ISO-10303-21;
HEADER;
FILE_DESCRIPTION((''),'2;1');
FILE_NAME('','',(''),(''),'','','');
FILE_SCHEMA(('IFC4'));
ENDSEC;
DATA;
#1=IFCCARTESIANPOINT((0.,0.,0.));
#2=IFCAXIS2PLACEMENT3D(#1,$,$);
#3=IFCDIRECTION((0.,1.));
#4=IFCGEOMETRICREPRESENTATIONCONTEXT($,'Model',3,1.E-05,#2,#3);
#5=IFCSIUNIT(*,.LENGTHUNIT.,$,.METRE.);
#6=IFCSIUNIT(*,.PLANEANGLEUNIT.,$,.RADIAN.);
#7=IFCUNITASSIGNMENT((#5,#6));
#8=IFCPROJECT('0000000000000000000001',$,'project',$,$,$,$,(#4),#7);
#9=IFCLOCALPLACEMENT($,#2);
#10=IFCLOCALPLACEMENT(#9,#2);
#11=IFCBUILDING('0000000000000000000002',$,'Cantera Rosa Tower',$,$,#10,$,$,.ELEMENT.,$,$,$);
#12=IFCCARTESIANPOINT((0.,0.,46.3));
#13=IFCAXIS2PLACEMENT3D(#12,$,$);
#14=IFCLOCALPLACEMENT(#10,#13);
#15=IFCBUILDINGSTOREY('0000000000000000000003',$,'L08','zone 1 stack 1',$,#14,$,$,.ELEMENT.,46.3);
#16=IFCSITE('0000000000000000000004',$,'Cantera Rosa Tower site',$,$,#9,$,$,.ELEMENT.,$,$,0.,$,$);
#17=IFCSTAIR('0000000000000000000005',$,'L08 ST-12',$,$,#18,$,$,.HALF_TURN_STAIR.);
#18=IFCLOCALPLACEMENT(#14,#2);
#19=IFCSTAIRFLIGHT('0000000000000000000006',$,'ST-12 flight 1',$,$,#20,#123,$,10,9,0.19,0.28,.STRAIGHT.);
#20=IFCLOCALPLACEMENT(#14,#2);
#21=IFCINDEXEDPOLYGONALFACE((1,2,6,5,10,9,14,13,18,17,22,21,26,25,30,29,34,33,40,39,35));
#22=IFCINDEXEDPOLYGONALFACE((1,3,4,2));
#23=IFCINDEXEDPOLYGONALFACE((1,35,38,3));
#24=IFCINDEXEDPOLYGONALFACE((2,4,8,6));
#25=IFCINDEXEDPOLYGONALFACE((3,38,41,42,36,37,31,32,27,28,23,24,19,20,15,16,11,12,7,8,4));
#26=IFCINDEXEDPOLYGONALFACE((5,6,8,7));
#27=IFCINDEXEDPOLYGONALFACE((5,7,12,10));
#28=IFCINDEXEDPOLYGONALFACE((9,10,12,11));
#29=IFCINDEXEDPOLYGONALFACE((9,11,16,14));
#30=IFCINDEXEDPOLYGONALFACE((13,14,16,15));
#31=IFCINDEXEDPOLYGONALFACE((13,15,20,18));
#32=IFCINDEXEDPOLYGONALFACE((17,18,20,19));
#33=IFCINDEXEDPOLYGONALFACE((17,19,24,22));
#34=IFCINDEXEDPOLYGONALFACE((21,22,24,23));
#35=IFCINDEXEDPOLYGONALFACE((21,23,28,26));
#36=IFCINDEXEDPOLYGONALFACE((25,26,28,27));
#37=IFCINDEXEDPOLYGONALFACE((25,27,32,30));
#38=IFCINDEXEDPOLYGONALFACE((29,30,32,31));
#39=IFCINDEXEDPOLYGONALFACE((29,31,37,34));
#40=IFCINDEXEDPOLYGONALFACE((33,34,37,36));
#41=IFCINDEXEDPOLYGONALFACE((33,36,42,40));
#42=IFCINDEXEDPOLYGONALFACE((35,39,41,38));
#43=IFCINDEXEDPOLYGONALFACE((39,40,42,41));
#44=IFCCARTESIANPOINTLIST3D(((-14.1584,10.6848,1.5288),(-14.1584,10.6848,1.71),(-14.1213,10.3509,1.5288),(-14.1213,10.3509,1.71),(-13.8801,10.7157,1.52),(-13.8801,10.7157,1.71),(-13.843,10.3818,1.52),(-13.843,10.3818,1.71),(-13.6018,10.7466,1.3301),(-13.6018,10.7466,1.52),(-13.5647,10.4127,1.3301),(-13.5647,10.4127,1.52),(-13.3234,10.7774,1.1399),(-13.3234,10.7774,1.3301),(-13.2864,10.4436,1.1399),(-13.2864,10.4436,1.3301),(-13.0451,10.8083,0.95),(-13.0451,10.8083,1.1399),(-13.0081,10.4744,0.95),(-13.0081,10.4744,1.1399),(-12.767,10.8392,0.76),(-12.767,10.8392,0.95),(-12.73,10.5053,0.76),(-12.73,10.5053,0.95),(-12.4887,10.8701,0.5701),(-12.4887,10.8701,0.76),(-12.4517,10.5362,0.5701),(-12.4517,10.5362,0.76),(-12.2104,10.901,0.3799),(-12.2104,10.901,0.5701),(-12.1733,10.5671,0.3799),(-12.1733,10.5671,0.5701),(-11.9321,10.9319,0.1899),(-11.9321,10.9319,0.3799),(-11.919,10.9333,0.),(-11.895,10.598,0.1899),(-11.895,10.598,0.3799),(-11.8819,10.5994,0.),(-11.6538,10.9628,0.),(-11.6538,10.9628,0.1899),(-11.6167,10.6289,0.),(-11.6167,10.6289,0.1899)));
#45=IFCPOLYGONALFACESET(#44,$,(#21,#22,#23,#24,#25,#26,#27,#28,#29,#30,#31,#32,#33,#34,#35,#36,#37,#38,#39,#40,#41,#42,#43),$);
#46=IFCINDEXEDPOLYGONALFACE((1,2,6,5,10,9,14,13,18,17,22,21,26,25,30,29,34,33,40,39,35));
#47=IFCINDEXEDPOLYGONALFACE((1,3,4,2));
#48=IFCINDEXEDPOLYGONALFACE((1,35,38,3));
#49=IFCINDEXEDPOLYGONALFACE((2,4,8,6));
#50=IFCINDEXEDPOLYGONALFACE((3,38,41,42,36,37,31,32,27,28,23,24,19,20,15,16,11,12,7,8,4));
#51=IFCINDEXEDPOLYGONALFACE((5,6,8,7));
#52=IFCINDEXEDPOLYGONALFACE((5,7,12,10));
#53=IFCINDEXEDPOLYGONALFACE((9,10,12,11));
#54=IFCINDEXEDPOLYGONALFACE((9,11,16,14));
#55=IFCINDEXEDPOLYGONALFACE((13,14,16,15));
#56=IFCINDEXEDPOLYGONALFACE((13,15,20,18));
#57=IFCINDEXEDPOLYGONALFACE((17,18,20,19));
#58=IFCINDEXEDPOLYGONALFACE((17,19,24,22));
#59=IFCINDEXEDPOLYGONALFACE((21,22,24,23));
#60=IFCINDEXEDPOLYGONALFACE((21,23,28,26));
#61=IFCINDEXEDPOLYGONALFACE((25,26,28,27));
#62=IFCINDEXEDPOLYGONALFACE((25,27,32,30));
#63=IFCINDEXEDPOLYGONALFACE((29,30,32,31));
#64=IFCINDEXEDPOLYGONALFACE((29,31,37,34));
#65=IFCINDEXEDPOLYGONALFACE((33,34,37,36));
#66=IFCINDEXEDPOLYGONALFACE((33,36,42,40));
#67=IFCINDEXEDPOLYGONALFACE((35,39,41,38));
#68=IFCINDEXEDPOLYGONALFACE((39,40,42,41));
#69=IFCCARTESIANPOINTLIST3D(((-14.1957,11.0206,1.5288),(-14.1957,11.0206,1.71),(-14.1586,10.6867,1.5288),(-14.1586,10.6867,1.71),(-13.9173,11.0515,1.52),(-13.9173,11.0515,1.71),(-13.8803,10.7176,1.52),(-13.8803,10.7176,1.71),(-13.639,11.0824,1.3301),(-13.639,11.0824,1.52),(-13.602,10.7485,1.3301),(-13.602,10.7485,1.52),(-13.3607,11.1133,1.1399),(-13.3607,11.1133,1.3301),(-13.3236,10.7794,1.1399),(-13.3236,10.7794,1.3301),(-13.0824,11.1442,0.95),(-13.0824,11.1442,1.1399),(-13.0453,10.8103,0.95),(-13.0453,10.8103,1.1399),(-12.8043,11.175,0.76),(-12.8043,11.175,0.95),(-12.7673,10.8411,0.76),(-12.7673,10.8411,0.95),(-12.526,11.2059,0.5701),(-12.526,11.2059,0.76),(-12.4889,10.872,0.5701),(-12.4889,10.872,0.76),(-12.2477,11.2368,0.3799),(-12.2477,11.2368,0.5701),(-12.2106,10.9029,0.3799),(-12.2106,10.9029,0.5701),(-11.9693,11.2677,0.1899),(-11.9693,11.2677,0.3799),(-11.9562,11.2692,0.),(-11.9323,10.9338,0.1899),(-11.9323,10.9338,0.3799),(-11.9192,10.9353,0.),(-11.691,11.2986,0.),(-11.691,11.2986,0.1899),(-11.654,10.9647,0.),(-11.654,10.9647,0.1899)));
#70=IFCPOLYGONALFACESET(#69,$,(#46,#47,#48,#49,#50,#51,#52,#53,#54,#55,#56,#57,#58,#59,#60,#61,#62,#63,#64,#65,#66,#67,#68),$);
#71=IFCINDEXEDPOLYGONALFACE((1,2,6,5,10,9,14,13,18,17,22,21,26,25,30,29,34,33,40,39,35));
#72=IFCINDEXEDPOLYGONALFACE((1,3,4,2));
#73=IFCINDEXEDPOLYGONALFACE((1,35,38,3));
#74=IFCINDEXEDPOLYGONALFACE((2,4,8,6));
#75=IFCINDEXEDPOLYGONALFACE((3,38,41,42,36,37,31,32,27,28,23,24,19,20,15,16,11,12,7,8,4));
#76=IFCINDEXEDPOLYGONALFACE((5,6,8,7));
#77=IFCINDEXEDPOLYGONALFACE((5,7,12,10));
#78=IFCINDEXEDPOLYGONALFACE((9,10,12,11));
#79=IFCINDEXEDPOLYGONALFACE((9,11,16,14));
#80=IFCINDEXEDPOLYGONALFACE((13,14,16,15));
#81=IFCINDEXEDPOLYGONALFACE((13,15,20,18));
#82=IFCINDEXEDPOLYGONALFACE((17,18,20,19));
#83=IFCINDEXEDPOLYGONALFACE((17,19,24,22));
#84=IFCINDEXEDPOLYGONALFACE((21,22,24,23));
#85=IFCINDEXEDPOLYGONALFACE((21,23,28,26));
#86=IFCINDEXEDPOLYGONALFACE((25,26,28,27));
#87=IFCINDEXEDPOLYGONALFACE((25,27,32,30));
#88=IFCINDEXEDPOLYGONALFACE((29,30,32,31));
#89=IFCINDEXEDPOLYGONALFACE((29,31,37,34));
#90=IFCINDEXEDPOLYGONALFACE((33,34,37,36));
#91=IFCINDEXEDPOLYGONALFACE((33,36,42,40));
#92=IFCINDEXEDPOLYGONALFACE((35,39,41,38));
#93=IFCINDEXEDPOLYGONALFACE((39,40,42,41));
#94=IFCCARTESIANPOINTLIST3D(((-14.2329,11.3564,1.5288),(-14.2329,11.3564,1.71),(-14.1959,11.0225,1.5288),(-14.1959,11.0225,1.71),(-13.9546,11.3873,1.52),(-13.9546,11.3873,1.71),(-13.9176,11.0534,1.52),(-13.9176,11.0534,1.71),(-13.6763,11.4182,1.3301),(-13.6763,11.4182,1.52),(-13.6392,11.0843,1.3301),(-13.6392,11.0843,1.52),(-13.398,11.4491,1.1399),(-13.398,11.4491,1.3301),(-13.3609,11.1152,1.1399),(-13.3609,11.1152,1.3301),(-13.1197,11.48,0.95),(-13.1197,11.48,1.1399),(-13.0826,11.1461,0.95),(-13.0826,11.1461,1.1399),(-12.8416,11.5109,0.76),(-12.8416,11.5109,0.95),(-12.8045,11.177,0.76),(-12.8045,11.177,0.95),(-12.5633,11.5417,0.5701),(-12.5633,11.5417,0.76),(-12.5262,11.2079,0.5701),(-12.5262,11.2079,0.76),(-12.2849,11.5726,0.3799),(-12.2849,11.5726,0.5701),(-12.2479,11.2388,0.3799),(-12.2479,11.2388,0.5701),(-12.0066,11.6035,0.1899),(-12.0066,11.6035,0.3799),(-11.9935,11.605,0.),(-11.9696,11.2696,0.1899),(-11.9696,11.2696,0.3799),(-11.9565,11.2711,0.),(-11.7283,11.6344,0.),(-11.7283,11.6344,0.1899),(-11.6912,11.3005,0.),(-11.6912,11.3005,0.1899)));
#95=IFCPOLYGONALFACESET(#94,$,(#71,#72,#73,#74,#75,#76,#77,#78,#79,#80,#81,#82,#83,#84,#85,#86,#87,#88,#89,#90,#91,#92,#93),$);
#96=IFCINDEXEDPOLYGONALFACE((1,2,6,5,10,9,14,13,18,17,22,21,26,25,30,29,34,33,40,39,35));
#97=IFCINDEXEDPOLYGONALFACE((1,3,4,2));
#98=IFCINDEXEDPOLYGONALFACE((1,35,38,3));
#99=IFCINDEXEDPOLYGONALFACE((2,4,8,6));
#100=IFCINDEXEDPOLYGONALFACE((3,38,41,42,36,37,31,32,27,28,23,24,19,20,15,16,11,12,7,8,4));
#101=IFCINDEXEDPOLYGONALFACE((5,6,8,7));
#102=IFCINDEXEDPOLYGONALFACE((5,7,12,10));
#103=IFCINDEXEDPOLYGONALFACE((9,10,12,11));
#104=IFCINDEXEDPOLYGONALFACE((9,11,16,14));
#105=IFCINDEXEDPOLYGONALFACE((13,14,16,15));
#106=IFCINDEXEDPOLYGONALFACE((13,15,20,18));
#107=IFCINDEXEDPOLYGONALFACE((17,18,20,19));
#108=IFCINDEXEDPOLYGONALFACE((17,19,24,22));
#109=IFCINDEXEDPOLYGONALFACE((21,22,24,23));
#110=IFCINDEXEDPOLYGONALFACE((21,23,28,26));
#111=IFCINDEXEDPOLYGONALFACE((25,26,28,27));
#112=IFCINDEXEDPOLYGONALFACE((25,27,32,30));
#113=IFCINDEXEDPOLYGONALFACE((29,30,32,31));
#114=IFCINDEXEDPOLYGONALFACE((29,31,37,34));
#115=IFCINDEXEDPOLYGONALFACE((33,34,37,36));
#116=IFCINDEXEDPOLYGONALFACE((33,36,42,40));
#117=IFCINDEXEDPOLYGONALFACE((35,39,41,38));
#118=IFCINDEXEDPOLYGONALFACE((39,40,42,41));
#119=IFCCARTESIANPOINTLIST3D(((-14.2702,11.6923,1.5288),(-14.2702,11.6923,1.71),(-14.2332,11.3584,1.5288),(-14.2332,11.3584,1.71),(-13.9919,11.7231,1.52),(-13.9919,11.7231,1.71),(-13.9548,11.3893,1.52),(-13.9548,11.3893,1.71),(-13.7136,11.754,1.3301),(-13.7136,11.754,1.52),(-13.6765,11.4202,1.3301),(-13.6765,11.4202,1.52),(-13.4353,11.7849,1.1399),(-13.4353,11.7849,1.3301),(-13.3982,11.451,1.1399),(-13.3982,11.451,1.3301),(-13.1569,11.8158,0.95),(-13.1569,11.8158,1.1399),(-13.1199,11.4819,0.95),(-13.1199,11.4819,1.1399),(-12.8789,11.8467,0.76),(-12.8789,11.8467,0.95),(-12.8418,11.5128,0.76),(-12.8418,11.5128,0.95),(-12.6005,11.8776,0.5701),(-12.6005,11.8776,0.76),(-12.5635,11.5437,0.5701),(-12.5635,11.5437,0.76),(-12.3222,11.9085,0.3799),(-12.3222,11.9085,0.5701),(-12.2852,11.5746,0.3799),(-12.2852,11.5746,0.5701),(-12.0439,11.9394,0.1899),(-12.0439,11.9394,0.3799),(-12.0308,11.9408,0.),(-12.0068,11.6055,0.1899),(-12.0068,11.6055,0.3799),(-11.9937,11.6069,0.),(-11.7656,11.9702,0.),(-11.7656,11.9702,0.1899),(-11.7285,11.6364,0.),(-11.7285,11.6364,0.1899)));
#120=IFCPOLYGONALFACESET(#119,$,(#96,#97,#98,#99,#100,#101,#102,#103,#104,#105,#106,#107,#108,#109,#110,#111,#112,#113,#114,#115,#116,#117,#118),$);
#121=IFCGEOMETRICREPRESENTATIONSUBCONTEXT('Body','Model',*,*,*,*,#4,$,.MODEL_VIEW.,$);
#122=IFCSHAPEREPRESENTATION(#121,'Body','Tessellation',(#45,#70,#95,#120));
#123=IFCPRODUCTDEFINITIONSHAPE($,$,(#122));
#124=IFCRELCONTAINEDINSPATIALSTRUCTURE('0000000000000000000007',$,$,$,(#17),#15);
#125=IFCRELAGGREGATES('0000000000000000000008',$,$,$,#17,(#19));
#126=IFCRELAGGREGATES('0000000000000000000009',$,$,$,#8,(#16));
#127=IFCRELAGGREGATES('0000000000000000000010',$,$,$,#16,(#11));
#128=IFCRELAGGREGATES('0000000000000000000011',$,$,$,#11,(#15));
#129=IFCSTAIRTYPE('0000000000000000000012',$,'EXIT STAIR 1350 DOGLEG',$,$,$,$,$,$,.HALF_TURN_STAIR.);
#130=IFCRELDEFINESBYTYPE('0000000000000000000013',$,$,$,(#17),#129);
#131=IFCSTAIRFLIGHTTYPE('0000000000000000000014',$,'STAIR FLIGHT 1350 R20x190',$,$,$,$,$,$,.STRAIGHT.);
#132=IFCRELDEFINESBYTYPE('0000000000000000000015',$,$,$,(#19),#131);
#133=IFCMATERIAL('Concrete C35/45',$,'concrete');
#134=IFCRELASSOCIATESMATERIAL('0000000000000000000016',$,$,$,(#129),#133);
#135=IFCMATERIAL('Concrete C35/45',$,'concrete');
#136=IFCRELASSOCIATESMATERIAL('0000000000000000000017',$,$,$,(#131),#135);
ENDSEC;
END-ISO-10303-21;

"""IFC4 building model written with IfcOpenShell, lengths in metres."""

from ifc_helpers import new_model, si_unit, direction, frame, origin, place, context, subcontext, project, spatial, polyline, outline, extrude, material, type_object, element, aggregate, save


model = new_model("IFC4")

# Units and contexts
model_context = context("Model", 3, precision=1e-05, world=origin(), true_north=direction((0.0, 1.0)))
body_context = subcontext(model_context, "Body", "Model", "MODEL_VIEW")
ifc_project = project(units=[si_unit("LENGTHUNIT", "METRE"), si_unit("PLANEANGLEUNIT", "RADIAN")], contexts=[model_context])

# Site, building, storey
site_placement = place(None, origin())
site = spatial("IfcSite", under=ifc_project, at=site_placement, Name="Cantera Rosa Tower site", CompositionType="ELEMENT", RefElevation=0.0)
building_placement = place(site_placement, origin())
building = spatial("IfcBuilding", under=site, at=building_placement, Name="Cantera Rosa Tower", CompositionType="ELEMENT")
storey_placement = place(building_placement, frame((0.0, 0.0, 46.3)))
storey = spatial("IfcBuildingStorey", under=building, at=storey_placement, Name="L08", Description="zone 1 stack 1", CompositionType="ELEMENT", Elevation=46.3)

# Stair
ifc_material_1 = material(Name="Concrete C35/45", Category="concrete")
stair_type = type_object("IfcStairType", Name="EXIT STAIR 1350 DOGLEG", PredefinedType="HALF_TURN_STAIR", material=ifc_material_1)
stair_1_placement = place(storey_placement, origin())
stair_1 = element("IfcStair", 1, at=stair_1_placement, inside=storey, type_object=stair_type, Name="L08 ST-12", PredefinedType="HALF_TURN_STAIR")

# Stair flight
ifc_material_2 = material(Name="Concrete C35/45", Category="concrete")
stair_flight_type = type_object("IfcStairFlightType", Name="STAIR FLIGHT 1350 R20x190", PredefinedType="STRAIGHT", material=ifc_material_2)
stair_flight_placement = place(storey_placement, frame((-11.6912, 11.2998, 0.0), z_axis=(0.0, 0.0, 1.0), x_axis=(-0.993897, -0.110313, 0.0)))
stair_flight = element("IfcStairFlight", 2, at=stair_flight_placement, type_object=stair_flight_type, Name="ST-12 flight 1", NumberOfRisers=10, NumberOfTreads=9, PredefinedType="STRAIGHT", RiserHeight=0.19, TreadLength=0.28, context=body_context, shape_type="SweptSolid", body=[
    extrude(outline(polyline([(0.0, 0.0), (0.0, 0.1899), (0.28, 0.1899), (0.28, 0.3799), (0.5601, 0.3799), (0.5601, 0.5701), (0.8401, 0.5701), (0.8401, 0.76), (1.1201, 0.76), (1.1201, 0.95), (1.3999, 0.95), (1.3999, 1.1399), (1.6799, 1.1399), (1.6799, 1.3301), (1.96, 1.3301), (1.96, 1.52), (2.24, 1.52), (2.24, 1.71), (2.52, 1.71), (2.52, 1.8999), (2.52, 1.5288), (0.2668, 0.0), (0.0, 0.0)])), frame((0.0, 0.675, 0.0), z_axis=(0.0, -1.0, 0.0), x_axis=(1.0, 0.0, 0.0)), (0.0, 0.0, 1.0), 0.3359),
    extrude(outline(polyline([(0.0, 0.0), (0.0, 0.1899), (0.28, 0.1899), (0.28, 0.3799), (0.5601, 0.3799), (0.5601, 0.5701), (0.8401, 0.5701), (0.8401, 0.76), (1.1201, 0.76), (1.1201, 0.95), (1.3999, 0.95), (1.3999, 1.1399), (1.6799, 1.1399), (1.6799, 1.3301), (1.96, 1.3301), (1.96, 1.52), (2.24, 1.52), (2.24, 1.71), (2.52, 1.71), (2.52, 1.8999), (2.52, 1.5288), (0.2668, 0.0), (0.0, 0.0)])), frame((0.0, 0.3372, 0.0), z_axis=(0.0, -1.0, 0.0), x_axis=(1.0, 0.0, 0.0)), (0.0, 0.0, 1.0), 0.3359),
    extrude(outline(polyline([(0.0, 0.0), (0.0, 0.1899), (0.28, 0.1899), (0.28, 0.3799), (0.5601, 0.3799), (0.5601, 0.5701), (0.8401, 0.5701), (0.8401, 0.76), (1.1201, 0.76), (1.1201, 0.95), (1.3999, 0.95), (1.3999, 1.1399), (1.6799, 1.1399), (1.6799, 1.3301), (1.96, 1.3301), (1.96, 1.52), (2.24, 1.52), (2.24, 1.71), (2.52, 1.71), (2.52, 1.8999), (2.52, 1.5288), (0.2668, 0.0), (0.0, 0.0)])), frame((0.0, -0.0007, 0.0), z_axis=(0.0, -1.0, 0.0), x_axis=(1.0, 0.0, 0.0)), (0.0, 0.0, 1.0), 0.3359),
    extrude(outline(polyline([(0.0, 0.0), (0.0, 0.1899), (0.28, 0.1899), (0.28, 0.3799), (0.5601, 0.3799), (0.5601, 0.5701), (0.8401, 0.5701), (0.8401, 0.76), (1.1201, 0.76), (1.1201, 0.95), (1.3999, 0.95), (1.3999, 1.1399), (1.6799, 1.1399), (1.6799, 1.3301), (1.96, 1.3301), (1.96, 1.52), (2.24, 1.52), (2.24, 1.71), (2.52, 1.71), (2.52, 1.8999), (2.52, 1.5288), (0.2668, 0.0), (0.0, 0.0)])), frame((0.0, -0.3386, 0.0), z_axis=(0.0, -1.0, 0.0), x_axis=(1.0, 0.0, 0.0)), (0.0, 0.0, 1.0), 0.3359),
])
aggregate(stair_1, [stair_flight])

save(model, "model.ifc")
